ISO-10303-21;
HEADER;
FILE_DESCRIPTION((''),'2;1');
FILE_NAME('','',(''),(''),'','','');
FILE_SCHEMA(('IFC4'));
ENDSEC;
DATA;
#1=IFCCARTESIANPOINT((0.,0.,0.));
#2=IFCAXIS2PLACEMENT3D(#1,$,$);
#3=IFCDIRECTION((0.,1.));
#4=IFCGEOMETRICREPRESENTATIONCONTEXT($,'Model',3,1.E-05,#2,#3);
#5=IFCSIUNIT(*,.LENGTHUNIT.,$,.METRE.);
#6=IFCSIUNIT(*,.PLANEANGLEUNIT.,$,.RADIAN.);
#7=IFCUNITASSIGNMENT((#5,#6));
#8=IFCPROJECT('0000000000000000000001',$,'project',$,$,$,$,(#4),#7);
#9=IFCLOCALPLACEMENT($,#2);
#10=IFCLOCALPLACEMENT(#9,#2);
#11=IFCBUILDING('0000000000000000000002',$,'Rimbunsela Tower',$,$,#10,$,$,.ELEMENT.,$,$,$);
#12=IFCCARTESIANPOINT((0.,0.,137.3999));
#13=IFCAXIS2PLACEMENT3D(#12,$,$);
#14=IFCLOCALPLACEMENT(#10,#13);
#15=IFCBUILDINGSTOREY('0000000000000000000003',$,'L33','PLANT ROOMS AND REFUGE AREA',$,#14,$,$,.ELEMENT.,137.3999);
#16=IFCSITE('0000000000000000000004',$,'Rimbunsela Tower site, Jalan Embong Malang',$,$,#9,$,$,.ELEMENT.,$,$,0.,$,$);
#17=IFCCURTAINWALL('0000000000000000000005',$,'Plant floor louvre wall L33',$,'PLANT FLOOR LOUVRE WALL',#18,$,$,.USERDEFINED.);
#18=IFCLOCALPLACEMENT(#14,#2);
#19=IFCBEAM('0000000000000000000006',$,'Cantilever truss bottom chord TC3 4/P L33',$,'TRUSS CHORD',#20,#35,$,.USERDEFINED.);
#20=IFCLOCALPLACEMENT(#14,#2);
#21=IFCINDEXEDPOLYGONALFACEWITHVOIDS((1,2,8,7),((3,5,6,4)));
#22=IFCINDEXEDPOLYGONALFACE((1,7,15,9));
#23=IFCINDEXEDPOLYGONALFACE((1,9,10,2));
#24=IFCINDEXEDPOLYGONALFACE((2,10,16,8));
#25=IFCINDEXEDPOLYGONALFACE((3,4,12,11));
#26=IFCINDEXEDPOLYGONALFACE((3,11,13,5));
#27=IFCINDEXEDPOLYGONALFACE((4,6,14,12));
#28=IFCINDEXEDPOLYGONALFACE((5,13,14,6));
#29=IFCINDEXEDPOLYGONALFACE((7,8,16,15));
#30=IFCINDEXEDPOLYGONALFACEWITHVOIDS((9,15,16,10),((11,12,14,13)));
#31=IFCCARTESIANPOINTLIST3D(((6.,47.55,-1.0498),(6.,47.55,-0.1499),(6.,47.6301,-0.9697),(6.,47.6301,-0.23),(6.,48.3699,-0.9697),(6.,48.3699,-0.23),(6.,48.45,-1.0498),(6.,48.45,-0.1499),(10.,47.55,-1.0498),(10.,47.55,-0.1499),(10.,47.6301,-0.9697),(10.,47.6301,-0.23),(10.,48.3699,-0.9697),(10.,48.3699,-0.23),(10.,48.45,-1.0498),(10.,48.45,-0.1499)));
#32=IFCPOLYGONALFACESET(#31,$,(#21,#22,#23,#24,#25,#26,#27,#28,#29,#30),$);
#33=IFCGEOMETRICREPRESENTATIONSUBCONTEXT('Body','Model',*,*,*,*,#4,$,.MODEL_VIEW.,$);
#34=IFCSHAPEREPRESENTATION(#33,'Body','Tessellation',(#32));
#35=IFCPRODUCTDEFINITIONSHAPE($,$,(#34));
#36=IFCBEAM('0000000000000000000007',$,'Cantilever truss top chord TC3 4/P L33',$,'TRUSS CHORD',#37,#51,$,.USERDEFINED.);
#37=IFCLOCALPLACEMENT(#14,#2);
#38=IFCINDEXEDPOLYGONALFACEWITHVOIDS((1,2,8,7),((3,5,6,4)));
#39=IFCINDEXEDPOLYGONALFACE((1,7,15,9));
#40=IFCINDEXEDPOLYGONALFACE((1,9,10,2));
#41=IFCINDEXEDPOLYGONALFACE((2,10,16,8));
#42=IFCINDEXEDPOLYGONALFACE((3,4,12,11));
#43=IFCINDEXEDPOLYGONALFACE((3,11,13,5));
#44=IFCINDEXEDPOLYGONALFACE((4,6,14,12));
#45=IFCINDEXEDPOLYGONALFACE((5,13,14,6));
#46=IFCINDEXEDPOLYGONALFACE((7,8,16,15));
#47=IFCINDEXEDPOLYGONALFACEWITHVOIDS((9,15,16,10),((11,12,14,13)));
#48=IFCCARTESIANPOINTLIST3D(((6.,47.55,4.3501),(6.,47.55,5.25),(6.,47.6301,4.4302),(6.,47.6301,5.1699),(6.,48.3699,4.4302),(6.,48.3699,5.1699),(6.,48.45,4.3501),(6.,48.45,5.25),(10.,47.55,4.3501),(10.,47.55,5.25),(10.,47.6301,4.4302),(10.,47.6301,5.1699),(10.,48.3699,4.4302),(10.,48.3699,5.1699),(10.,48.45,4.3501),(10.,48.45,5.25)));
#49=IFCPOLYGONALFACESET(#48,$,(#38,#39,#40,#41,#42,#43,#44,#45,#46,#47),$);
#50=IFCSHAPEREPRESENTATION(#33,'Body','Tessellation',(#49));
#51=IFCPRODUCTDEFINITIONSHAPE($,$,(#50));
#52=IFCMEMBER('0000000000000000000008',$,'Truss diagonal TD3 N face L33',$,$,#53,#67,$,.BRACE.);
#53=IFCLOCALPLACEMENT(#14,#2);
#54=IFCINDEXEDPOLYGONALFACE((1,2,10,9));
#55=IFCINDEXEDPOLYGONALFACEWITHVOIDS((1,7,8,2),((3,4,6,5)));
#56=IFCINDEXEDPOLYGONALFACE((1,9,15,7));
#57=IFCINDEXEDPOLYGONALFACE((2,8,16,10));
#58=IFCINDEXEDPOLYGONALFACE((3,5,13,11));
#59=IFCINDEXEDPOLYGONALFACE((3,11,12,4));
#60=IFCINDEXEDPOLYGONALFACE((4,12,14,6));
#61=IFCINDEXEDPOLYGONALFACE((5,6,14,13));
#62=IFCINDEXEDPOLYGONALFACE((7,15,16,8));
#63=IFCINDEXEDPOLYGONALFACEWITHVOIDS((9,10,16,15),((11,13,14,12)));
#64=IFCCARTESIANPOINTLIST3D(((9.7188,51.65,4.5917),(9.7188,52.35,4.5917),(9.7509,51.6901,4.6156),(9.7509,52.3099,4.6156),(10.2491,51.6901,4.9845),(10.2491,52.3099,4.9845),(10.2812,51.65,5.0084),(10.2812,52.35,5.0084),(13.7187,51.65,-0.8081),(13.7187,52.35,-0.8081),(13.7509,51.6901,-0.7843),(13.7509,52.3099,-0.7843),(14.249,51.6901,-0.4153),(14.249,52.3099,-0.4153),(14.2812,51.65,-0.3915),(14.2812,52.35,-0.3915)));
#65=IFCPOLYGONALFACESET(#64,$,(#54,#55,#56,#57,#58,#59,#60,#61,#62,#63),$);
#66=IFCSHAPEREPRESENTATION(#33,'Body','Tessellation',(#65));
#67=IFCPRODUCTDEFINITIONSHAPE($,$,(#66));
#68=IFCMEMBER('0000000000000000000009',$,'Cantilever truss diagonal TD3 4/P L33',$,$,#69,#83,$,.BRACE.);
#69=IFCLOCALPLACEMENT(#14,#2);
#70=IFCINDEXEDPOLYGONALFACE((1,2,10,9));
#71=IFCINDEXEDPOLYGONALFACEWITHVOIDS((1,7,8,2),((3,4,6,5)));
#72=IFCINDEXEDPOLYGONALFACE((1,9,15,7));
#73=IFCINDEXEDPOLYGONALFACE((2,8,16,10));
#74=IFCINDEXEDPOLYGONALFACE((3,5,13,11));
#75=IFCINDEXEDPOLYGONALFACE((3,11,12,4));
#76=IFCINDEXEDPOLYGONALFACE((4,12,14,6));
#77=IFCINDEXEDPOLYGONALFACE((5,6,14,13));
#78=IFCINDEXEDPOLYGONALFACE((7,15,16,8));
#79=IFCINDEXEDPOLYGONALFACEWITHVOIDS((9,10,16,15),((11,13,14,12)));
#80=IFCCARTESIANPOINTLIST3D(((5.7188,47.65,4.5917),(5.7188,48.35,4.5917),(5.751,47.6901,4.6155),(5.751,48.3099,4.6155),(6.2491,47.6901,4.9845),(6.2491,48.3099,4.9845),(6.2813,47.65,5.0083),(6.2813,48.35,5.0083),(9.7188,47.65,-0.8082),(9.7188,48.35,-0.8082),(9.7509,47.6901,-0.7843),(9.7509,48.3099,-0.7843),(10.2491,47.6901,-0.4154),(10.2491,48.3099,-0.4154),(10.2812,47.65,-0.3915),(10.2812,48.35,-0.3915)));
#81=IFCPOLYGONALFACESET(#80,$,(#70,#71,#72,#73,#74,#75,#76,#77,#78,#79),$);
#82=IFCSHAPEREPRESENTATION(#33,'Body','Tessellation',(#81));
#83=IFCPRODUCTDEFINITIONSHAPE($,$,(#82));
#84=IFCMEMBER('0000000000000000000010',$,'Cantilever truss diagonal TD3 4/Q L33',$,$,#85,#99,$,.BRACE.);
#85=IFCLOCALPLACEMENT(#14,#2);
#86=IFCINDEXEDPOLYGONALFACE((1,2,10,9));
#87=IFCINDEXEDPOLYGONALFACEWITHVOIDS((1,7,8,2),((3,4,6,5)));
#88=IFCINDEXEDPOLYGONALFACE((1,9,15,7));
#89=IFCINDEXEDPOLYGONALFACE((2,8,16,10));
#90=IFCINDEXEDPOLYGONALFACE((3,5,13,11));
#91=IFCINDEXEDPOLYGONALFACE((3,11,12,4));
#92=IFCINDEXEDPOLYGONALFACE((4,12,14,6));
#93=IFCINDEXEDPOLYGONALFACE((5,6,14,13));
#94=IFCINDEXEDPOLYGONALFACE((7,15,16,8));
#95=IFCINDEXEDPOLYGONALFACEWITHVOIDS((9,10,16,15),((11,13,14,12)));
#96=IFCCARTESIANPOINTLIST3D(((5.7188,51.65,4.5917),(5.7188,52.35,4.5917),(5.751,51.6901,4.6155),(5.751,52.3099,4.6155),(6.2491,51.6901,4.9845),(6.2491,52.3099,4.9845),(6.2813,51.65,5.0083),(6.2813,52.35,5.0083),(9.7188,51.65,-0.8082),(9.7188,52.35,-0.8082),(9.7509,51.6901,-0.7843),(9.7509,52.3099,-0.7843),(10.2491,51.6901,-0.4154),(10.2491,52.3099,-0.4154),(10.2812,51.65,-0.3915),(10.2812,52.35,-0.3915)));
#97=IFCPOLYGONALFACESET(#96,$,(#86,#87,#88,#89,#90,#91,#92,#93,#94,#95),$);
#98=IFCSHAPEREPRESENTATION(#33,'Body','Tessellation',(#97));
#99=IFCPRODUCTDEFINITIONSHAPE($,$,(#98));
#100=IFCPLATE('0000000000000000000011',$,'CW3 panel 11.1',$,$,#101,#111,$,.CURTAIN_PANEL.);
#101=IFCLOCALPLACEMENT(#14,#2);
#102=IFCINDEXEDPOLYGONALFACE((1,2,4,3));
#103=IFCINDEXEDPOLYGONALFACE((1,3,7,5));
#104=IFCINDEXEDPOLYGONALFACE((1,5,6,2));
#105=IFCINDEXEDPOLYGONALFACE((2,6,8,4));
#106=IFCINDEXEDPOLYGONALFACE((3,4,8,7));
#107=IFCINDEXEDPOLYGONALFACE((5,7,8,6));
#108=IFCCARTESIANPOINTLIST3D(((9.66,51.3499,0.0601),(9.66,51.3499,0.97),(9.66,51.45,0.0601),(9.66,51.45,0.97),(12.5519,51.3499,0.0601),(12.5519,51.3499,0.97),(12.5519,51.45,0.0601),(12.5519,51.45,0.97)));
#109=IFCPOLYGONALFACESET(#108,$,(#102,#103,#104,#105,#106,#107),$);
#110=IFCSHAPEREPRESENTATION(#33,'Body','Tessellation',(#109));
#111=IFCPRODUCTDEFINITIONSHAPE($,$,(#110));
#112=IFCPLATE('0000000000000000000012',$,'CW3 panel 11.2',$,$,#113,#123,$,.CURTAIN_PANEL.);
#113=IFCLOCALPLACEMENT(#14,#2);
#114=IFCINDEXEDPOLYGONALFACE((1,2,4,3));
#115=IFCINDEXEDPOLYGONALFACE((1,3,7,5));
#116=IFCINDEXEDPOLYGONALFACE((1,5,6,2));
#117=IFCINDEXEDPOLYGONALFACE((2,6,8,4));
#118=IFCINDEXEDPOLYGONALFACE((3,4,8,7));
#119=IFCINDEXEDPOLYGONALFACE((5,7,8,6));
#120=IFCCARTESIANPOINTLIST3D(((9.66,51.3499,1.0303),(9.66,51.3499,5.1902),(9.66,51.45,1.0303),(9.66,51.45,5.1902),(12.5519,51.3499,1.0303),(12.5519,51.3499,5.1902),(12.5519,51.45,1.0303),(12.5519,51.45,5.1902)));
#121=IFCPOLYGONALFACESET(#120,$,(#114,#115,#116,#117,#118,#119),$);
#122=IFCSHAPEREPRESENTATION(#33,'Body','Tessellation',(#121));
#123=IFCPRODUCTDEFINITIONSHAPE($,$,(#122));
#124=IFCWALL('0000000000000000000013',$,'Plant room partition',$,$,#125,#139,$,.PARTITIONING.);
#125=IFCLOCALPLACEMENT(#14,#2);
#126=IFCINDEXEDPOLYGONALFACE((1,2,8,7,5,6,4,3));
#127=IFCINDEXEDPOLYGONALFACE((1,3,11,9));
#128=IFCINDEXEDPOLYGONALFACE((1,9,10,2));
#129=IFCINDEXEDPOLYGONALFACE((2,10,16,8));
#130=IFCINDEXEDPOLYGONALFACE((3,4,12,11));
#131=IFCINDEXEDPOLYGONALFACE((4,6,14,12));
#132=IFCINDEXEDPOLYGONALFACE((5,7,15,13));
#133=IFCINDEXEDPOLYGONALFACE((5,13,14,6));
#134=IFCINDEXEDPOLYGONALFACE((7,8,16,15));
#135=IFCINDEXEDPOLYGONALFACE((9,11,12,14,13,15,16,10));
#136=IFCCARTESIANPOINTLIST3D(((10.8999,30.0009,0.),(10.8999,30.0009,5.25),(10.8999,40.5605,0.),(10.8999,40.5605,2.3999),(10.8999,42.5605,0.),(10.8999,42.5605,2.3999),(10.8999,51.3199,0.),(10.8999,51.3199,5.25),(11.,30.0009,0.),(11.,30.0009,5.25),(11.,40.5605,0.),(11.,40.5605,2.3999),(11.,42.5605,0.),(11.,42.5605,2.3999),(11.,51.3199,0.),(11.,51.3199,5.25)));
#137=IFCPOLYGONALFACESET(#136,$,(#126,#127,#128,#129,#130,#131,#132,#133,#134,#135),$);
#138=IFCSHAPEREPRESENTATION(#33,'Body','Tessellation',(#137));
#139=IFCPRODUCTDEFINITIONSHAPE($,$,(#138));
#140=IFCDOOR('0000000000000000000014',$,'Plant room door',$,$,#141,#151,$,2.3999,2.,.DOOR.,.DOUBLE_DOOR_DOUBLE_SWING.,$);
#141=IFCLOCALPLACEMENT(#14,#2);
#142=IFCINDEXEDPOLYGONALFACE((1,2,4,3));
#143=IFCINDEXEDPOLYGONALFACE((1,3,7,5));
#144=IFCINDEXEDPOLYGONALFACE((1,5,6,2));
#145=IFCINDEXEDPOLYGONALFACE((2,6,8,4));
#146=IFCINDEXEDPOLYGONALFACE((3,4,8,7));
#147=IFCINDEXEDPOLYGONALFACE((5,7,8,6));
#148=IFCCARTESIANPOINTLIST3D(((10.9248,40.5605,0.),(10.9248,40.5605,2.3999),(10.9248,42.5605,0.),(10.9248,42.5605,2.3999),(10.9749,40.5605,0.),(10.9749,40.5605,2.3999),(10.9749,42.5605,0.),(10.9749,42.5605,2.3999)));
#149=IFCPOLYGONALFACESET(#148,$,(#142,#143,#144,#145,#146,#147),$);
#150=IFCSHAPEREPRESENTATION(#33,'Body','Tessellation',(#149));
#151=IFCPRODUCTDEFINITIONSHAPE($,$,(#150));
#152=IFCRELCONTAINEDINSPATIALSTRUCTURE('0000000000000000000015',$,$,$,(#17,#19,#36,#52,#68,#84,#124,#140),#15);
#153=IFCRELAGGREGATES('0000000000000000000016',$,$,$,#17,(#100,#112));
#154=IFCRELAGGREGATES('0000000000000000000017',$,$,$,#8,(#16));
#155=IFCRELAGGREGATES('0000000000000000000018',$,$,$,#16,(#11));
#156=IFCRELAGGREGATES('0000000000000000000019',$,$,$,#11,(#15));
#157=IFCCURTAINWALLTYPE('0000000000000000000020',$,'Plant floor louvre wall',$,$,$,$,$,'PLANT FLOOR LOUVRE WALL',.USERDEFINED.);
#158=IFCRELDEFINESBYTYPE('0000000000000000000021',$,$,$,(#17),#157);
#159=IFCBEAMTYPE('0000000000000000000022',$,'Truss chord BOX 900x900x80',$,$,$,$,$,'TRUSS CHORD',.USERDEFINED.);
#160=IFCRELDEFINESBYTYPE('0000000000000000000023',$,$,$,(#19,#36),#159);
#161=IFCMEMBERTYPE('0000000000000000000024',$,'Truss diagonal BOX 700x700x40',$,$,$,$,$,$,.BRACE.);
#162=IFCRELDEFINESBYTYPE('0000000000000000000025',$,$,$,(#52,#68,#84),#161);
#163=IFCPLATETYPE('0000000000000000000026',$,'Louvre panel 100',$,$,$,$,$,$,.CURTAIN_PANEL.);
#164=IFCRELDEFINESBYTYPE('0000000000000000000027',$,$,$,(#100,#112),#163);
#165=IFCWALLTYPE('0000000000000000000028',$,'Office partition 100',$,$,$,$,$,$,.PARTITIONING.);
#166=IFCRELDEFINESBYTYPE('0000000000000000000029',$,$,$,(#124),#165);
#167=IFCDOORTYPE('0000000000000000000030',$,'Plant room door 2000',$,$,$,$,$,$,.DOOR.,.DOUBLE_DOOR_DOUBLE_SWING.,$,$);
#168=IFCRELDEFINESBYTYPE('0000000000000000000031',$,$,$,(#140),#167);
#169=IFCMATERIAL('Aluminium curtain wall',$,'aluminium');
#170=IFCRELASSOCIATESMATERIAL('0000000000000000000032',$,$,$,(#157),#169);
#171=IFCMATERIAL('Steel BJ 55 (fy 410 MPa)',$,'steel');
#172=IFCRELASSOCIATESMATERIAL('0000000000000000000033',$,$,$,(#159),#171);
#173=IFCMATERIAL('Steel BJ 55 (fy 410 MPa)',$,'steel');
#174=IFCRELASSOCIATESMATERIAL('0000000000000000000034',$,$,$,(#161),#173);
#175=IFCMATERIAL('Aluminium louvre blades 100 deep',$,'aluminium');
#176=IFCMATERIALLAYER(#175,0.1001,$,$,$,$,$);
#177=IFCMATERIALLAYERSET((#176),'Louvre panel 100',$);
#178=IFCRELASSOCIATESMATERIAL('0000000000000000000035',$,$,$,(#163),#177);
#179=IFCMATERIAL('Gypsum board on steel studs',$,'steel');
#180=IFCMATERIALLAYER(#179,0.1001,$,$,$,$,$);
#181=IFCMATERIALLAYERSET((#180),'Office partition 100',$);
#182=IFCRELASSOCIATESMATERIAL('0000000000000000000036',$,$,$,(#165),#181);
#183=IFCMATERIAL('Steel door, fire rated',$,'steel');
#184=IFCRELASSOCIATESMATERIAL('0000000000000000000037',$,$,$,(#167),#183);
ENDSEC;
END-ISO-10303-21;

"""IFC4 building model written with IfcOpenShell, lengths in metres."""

from ifc_helpers import new_model, si_unit, direction, frame, frame_2d, origin, origin_2d, place, context, subcontext, project, spatial, rectangle, hollow_rectangle, extrude, material, layer, layer_set, material_profile, profile_set, type_object, element, fill, aggregate, save


model = new_model("IFC4")

# Units and contexts
model_context = context("Model", 3, precision=1e-05, world=origin(), true_north=direction((0.0, 1.0)))
body_context = subcontext(model_context, "Body", "Model", "MODEL_VIEW")
ifc_project = project(units=[si_unit("LENGTHUNIT", "METRE"), si_unit("PLANEANGLEUNIT", "RADIAN")], contexts=[model_context])

# Site, building, storey
site_placement = place(None, origin())
site = spatial("IfcSite", under=ifc_project, at=site_placement, Name="Rimbunsela Tower site, Jalan Embong Malang", CompositionType="ELEMENT", RefElevation=0.0)
building_placement = place(site_placement, origin())
building = spatial("IfcBuilding", under=site, at=building_placement, Name="Rimbunsela Tower", CompositionType="ELEMENT")
storey_placement = place(building_placement, frame((0.0, 0.0, 137.3999)))
storey = spatial("IfcBuildingStorey", under=building, at=storey_placement, Name="L33", Description="PLANT ROOMS AND REFUGE AREA", CompositionType="ELEMENT", Elevation=137.3999)

# Curtain wall
ifc_material_1 = material(Name="Aluminium curtain wall", Category="aluminium")
curtain_wall_type = type_object("IfcCurtainWallType", Name="Plant floor louvre wall", ElementType="PLANT FLOOR LOUVRE WALL", PredefinedType="USERDEFINED", material=ifc_material_1)
curtain_wall_placement = place(storey_placement, origin())
curtain_wall = element("IfcCurtainWall", 1, at=curtain_wall_placement, inside=storey, type_object=curtain_wall_type, Name="Plant floor louvre wall L33", ObjectType="PLANT FLOOR LOUVRE WALL", PredefinedType="USERDEFINED")

# Beams
ifc_material_2 = material(Name="Steel BJ 55 (fy 410 MPa)", Category="steel")
ifc_material_profile_1 = material_profile(ifc_material_2, hollow_rectangle(XDim=0.8999, YDim=0.8999, WallThickness=0.0801, at=origin_2d()), Name="BOX 900x900x80")
ifc_profile_set_1 = profile_set([ifc_material_profile_1], Name="Steel BJ 55 (fy 410 MPa)")
beam_type_1 = type_object("IfcBeamType", Name="Truss chord BOX 900x900x80", ElementType="TRUSS CHORD", PredefinedType="USERDEFINED", material=ifc_profile_set_1)
for number, where, z_axis, x_axis, name in (
    (2, (10.0, 48.0, -0.5999), (-1.0, 0.0, 0.0), (0.0, -1.0, 0.0), "Cantilever truss bottom chord TC3 4/P L33"),
    (3, (10.0, 48.0, 4.8), (-1.0, 0.0, 0.0), (0.0, -1.0, 0.0), "Cantilever truss top chord TC3 4/P L33"),
):
    element("IfcBeam", number, at=place(storey_placement, frame(where, z_axis=z_axis, x_axis=x_axis)), inside=storey, type_object=beam_type_1, Name=name, ObjectType="TRUSS CHORD", PredefinedType="USERDEFINED", context=body_context, shape_type="SweptSolid", body=[
        extrude(hollow_rectangle(XDim=0.8999, YDim=0.8999, WallThickness=0.0801, at=origin_2d()), origin(), (0.0, 0.0, 1.0), 4.0),
    ])

# Members
ifc_material_3 = material(Name="Steel BJ 55 (fy 410 MPa)", Category="steel")
ifc_material_profile_2 = material_profile(ifc_material_3, hollow_rectangle(XDim=0.7, YDim=0.7, WallThickness=0.04, at=origin_2d()), Name="BOX 700x700x40")
ifc_profile_set_2 = profile_set([ifc_material_profile_2], Name="Steel BJ 55 (fy 410 MPa)")
member_type_1 = type_object("IfcMemberType", Name="Truss diagonal BOX 700x700x40", PredefinedType="BRACE", material=ifc_profile_set_2)
for number, where, z_axis, x_axis, name in (
    (4, (10.0, 52.0, 4.8), (0.595235, 0.0, -0.803552), (0.0, 1.0, 0.0), "Truss diagonal TD3 N face L33"),
    (5, (10.0, 48.0, -0.5999), (-0.595235, 0.0, 0.803552), (0.0, -1.0, 0.0), "Cantilever truss diagonal TD3 4/P L33"),
    (6, (10.0, 52.0, -0.5999), (-0.595235, 0.0, 0.803552), (0.0, -1.0, 0.0), "Cantilever truss diagonal TD3 4/Q L33"),
):
    element("IfcMember", number, at=place(storey_placement, frame(where, z_axis=z_axis, x_axis=x_axis)), inside=storey, type_object=member_type_1, Name=name, PredefinedType="BRACE", context=body_context, shape_type="SweptSolid", body=[
        extrude(hollow_rectangle(XDim=0.7, YDim=0.7, WallThickness=0.04, at=origin_2d()), origin(), (0.0, 0.0, 1.0), 6.72),
    ])

# Plates
ifc_material_4 = material(Name="Aluminium louvre blades 100 deep", Category="aluminium")
ifc_layer_1 = layer(ifc_material_4, 0.1001)
ifc_layer_set_1 = layer_set([ifc_layer_1], Name="Louvre panel 100")
plate_type = type_object("IfcPlateType", Name="Louvre panel 100", PredefinedType="CURTAIN_PANEL", material=ifc_layer_set_1)
plate_1_placement = place(storey_placement, frame((11.106, 51.3999, 0.0601), z_axis=(0.0, 0.0, 1.0), x_axis=(-1.0, 0.0, 0.0)))
plate_1 = element("IfcPlate", 7, at=plate_1_placement, type_object=plate_type, Name="CW3 panel 11.1", PredefinedType="CURTAIN_PANEL", context=body_context, shape_type="SweptSolid", body=[
    extrude(rectangle(XDim=2.8918, YDim=0.1001, at=origin_2d()), origin(), (0.0, 0.0, 1.0), 0.9099),
])
plate_2_placement = place(storey_placement, frame((11.106, 51.3999, 1.0303), z_axis=(0.0, 0.0, 1.0), x_axis=(-1.0, 0.0, 0.0)))
plate_2 = element("IfcPlate", 8, at=plate_2_placement, type_object=plate_type, Name="CW3 panel 11.2", PredefinedType="CURTAIN_PANEL", context=body_context, shape_type="SweptSolid", body=[
    extrude(rectangle(XDim=2.8918, YDim=0.1001, at=origin_2d()), origin(), (0.0, 0.0, 1.0), 4.1599),
])
aggregate(curtain_wall, [plate_1, plate_2])

# Wall, opening, door
ifc_material_5 = material(Name="Gypsum board on steel studs", Category="steel")
ifc_layer_2 = layer(ifc_material_5, 0.1001)
ifc_layer_set_2 = layer_set([ifc_layer_2], Name="Office partition 100")
wall_type = type_object("IfcWallType", Name="Office partition 100", PredefinedType="PARTITIONING", material=ifc_layer_set_2)
wall_placement = place(storey_placement, frame((10.95, 51.3201, 0.0), z_axis=(0.0, 0.0, 1.0), x_axis=(0.0, -1.0, 0.0)))
wall = element("IfcWall", 9, at=wall_placement, inside=storey, type_object=wall_type, Name="Plant room partition", PredefinedType="PARTITIONING", context=body_context, shape_type="SweptSolid", body=[
    extrude(rectangle(XDim=21.3191, YDim=0.1001, at=frame_2d((10.6597, 0.0))), origin(), (0.0, 0.0, 1.0), 5.25),
])
opening_placement = place(wall_placement, frame((8.7595, 0.0, 0.0)))
opening = element("IfcOpeningElement", 10, at=opening_placement, cuts=wall, PredefinedType="OPENING", context=body_context, shape_type="SweptSolid", body=[
    extrude(rectangle(XDim=2.0, YDim=2.3999, at=frame_2d((1.0, 1.2))), frame((0.0, 0.0601, 0.0), z_axis=(0.0, -1.0, 0.0), x_axis=(1.0, 0.0, 0.0)), (0.0, 0.0, 1.0), 0.1201),
])
ifc_material_6 = material(Name="Steel door, fire rated", Category="steel")
door_type = type_object("IfcDoorType", Name="Plant room door 2000", OperationType="DOUBLE_DOOR_DOUBLE_SWING", PredefinedType="DOOR", material=ifc_material_6)
door_placement = place(opening_placement, origin())
door = element("IfcDoor", 11, at=door_placement, inside=storey, type_object=door_type, Name="Plant room door", OperationType="DOUBLE_DOOR_DOUBLE_SWING", OverallHeight=2.3999, OverallWidth=2.0, PredefinedType="DOOR", context=body_context, shape_type="SweptSolid", body=[
    extrude(rectangle(XDim=2.0, YDim=2.3999, at=frame_2d((1.0, 1.2))), frame((0.0, 0.0249, 0.0), z_axis=(0.0, -1.0, 0.0), x_axis=(1.0, 0.0, 0.0)), (0.0, 0.0, 1.0), 0.05),
])
fill(opening, door)

save(model, "model.ifc")
